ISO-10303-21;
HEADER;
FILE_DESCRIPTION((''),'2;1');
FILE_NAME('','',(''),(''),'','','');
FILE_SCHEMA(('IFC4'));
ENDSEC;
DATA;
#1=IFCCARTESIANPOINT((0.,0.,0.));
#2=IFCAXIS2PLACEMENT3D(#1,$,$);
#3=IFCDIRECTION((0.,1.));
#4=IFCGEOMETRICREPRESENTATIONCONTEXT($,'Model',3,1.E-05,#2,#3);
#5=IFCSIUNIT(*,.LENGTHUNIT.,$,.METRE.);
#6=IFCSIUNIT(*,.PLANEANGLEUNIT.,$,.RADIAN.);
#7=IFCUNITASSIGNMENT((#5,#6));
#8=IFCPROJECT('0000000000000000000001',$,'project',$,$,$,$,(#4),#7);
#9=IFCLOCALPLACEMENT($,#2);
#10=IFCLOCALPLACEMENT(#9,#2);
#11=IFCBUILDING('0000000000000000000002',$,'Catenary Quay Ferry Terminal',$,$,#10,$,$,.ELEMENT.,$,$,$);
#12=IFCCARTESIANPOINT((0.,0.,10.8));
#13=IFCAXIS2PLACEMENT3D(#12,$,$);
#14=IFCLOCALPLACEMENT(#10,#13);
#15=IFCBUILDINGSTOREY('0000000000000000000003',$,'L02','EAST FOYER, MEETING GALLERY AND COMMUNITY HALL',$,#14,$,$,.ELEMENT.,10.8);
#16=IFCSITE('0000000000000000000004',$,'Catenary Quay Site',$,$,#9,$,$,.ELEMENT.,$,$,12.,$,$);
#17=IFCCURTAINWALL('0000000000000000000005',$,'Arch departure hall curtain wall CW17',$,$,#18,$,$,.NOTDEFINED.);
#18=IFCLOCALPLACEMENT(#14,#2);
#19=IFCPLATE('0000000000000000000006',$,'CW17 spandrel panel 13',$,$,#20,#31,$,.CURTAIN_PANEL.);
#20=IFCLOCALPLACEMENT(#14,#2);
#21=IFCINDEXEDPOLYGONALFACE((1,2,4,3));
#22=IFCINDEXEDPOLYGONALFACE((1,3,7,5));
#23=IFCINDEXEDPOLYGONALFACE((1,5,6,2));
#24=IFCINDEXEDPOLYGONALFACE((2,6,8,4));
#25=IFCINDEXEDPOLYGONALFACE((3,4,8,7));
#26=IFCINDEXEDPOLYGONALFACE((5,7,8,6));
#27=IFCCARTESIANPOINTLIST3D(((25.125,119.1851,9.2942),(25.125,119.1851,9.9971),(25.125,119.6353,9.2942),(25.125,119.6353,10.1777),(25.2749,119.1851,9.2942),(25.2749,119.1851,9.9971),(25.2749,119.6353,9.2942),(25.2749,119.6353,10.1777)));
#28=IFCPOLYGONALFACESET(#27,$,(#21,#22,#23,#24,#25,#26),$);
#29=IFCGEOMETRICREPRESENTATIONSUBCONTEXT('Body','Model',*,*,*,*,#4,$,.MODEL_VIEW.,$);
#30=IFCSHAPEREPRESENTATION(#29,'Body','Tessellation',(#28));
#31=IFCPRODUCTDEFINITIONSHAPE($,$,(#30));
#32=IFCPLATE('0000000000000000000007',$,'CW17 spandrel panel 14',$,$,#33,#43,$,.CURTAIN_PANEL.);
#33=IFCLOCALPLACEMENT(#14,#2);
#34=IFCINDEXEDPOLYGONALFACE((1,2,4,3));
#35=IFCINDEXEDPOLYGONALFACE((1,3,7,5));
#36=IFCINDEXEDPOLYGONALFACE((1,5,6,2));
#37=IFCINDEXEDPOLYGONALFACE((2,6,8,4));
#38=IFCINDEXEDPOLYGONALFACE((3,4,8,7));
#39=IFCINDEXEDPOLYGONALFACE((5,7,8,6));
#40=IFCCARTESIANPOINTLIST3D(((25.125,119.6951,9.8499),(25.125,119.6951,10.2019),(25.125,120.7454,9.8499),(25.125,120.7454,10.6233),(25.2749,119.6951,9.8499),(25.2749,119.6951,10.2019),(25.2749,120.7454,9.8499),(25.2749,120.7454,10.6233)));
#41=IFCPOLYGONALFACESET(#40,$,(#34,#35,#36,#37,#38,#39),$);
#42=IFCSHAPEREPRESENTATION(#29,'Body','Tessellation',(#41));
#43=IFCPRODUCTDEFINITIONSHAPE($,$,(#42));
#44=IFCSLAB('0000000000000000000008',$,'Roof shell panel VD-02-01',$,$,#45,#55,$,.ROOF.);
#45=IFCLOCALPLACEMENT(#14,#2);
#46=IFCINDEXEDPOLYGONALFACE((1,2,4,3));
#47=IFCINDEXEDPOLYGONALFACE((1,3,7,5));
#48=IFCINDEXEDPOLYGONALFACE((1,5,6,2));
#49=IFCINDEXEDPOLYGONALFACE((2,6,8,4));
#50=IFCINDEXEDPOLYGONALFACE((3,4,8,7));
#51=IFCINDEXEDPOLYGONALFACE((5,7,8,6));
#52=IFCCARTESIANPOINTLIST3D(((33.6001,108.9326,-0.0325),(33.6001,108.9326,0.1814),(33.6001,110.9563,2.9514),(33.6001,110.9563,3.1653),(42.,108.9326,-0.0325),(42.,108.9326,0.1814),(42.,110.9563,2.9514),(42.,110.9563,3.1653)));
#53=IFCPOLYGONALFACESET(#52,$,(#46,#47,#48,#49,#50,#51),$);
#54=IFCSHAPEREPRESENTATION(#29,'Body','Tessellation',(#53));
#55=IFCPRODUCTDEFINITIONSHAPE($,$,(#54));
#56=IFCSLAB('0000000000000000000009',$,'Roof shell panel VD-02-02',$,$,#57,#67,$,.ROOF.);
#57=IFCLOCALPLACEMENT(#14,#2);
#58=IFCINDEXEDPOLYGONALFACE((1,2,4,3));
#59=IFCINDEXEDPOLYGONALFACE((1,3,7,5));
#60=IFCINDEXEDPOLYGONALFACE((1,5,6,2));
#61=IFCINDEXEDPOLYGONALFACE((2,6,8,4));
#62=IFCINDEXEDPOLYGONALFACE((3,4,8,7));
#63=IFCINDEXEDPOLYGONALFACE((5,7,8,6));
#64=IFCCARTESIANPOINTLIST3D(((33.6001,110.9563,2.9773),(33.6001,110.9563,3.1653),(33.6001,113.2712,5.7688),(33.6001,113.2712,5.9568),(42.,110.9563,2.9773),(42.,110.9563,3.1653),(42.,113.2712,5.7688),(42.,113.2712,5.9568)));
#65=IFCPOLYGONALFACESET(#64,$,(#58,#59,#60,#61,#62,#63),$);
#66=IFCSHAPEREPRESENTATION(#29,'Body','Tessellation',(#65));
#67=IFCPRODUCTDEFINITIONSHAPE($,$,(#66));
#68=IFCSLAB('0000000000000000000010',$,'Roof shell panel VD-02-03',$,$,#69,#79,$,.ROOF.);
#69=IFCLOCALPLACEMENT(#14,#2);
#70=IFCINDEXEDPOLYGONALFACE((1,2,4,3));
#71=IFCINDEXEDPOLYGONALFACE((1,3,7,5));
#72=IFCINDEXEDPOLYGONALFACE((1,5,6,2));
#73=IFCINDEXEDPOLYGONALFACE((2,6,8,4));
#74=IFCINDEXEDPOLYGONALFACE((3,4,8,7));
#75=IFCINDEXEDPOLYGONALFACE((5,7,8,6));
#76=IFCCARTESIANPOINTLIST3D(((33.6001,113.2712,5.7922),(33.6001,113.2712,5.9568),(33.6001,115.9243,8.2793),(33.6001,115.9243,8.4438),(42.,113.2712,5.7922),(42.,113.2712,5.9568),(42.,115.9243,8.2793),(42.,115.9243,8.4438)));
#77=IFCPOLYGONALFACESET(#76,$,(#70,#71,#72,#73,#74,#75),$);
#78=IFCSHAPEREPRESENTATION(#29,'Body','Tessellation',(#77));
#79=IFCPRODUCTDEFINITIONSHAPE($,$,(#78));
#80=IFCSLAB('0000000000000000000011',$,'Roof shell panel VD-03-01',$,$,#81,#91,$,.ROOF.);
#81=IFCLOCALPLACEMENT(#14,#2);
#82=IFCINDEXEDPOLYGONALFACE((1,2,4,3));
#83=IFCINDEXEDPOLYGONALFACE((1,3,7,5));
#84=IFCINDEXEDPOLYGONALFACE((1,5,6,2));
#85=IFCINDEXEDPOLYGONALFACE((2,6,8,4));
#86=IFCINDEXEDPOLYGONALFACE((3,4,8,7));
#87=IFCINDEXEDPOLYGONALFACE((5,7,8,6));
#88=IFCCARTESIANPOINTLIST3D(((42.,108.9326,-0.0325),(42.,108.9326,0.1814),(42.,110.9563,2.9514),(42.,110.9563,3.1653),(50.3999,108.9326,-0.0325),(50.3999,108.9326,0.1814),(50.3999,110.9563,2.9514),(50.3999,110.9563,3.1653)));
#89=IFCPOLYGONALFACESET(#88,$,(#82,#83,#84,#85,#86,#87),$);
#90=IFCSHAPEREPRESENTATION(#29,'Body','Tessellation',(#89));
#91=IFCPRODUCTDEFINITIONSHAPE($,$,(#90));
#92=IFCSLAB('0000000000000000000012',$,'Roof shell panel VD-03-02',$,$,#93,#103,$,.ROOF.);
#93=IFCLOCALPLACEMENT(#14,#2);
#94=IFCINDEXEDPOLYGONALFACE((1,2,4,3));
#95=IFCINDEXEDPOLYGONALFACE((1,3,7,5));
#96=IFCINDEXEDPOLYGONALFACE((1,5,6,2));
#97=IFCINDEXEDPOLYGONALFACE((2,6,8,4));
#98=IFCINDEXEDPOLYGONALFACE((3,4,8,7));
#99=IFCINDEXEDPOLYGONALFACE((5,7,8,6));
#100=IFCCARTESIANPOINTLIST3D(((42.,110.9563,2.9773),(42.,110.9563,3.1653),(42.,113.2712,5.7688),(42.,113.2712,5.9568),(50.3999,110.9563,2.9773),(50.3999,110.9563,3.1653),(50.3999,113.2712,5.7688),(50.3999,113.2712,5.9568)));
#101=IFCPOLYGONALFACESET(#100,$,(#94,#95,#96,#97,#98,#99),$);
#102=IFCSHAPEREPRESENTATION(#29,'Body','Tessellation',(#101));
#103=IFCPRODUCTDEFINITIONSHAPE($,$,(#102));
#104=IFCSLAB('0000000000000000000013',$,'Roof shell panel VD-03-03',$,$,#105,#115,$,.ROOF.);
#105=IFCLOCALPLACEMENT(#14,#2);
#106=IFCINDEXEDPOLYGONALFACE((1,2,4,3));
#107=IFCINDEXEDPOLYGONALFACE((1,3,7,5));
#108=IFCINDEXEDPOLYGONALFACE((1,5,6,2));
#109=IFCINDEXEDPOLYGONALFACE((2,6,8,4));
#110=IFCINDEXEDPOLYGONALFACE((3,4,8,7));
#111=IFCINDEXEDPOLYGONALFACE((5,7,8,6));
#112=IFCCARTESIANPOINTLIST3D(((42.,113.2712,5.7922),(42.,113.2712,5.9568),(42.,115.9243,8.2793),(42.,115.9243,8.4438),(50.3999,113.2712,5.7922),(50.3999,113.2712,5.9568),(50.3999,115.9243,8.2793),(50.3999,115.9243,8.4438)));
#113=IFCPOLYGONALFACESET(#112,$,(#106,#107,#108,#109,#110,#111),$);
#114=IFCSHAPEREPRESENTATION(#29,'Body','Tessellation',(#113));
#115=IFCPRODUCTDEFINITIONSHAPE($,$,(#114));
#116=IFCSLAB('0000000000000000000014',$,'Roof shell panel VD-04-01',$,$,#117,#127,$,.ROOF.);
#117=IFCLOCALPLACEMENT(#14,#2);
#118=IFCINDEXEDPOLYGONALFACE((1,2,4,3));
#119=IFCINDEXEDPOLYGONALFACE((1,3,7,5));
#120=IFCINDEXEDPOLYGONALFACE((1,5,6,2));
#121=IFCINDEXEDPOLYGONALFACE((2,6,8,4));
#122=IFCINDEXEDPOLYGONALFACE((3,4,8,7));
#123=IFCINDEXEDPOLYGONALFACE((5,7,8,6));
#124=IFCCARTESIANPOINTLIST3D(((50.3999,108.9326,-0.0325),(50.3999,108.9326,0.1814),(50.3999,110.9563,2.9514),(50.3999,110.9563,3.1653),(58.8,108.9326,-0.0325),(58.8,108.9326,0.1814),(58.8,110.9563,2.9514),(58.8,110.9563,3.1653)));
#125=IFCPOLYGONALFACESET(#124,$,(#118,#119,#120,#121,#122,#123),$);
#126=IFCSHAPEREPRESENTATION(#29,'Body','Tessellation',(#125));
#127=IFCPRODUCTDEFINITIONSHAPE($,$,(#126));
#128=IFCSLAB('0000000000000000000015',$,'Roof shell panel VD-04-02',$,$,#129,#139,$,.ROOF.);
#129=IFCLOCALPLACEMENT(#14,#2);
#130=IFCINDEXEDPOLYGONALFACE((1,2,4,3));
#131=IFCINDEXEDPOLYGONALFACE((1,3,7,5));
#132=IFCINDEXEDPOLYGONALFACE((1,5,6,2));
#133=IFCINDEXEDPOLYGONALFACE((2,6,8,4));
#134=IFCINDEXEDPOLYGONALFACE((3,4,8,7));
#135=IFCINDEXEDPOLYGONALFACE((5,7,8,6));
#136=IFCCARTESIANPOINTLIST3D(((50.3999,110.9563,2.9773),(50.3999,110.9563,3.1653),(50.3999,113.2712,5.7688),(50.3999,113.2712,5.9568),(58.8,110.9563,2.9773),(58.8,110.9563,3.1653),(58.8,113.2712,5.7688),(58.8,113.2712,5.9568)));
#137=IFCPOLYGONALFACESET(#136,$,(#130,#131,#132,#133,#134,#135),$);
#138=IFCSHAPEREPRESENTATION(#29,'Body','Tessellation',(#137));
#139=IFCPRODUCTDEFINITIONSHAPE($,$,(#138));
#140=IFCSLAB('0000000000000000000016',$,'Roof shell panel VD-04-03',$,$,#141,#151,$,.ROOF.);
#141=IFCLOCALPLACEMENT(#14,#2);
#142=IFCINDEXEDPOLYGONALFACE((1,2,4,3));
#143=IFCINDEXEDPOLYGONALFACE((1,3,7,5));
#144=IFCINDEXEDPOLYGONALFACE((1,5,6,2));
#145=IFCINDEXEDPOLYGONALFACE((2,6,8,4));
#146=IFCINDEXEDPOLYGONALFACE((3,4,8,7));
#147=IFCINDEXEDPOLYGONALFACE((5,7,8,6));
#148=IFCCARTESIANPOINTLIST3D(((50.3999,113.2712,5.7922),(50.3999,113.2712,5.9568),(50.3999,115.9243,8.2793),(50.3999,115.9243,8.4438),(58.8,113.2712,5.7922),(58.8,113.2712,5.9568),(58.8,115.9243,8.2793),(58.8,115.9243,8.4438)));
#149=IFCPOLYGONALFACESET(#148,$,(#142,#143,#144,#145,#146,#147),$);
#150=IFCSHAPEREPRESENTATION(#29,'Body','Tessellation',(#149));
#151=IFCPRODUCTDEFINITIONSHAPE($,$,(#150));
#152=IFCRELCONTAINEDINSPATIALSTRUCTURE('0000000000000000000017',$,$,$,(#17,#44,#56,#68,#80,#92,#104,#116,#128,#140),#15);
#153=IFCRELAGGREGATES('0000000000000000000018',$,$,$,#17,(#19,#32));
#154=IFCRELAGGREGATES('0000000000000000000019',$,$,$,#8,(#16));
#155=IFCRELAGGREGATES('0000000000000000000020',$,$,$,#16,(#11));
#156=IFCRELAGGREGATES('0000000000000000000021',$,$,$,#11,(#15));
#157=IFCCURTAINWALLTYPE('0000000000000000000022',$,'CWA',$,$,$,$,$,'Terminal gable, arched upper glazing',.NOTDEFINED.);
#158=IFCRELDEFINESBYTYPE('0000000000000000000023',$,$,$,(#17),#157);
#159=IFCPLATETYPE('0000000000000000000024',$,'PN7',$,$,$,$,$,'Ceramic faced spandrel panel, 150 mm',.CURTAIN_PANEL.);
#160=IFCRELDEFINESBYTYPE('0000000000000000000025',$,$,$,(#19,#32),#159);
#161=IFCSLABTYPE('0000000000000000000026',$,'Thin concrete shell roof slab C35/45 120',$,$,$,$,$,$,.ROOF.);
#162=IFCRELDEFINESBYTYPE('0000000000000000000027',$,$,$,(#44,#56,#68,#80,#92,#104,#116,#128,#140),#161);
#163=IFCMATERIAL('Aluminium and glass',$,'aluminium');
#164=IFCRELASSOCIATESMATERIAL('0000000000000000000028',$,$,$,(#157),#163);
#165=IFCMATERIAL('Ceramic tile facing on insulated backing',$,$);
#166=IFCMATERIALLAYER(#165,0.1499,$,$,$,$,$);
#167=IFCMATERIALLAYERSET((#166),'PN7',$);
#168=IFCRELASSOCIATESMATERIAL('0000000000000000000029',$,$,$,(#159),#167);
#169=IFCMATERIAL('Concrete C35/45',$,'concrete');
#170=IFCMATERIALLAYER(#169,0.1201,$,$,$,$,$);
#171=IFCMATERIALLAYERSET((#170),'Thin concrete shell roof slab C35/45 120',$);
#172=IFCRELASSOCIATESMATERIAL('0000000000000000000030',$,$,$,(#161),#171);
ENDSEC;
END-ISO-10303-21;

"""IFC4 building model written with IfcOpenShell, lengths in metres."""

from ifc_helpers import new_model, si_unit, direction, frame, origin, place, context, subcontext, project, spatial, polyline, outline, extrude, material, layer, layer_set, type_object, element, aggregate, save


model = new_model("IFC4")

# Units and contexts
model_context = context("Model", 3, precision=1e-05, world=origin(), true_north=direction((0.0, 1.0)))
body_context = subcontext(model_context, "Body", "Model", "MODEL_VIEW")
ifc_project = project(units=[si_unit("LENGTHUNIT", "METRE"), si_unit("PLANEANGLEUNIT", "RADIAN")], contexts=[model_context])

# Site, building, storey
site_placement = place(None, origin())
site = spatial("IfcSite", under=ifc_project, at=site_placement, Name="Catenary Quay Site", CompositionType="ELEMENT", RefElevation=12.0)
building_placement = place(site_placement, origin())
building = spatial("IfcBuilding", under=site, at=building_placement, Name="Catenary Quay Ferry Terminal", CompositionType="ELEMENT")
storey_placement = place(building_placement, frame((0.0, 0.0, 10.8)))
storey = spatial("IfcBuildingStorey", under=building, at=storey_placement, Name="L02", Description="EAST FOYER, MEETING GALLERY AND COMMUNITY HALL", CompositionType="ELEMENT", Elevation=10.8)

# Curtain wall
ifc_material_1 = material(Name="Aluminium and glass", Category="aluminium")
curtain_wall_type = type_object("IfcCurtainWallType", Name="CWA", ElementType="Terminal gable, arched upper glazing", PredefinedType="NOTDEFINED", material=ifc_material_1)
curtain_wall_placement = place(storey_placement, origin())
curtain_wall = element("IfcCurtainWall", 1, at=curtain_wall_placement, inside=storey, type_object=curtain_wall_type, Name="Arch departure hall curtain wall CW17", PredefinedType="NOTDEFINED")

# Plates
ifc_material_2 = material(Name="Ceramic tile facing on insulated backing")
ifc_layer_1 = layer(ifc_material_2, 0.1499)
ifc_layer_set_1 = layer_set([ifc_layer_1], Name="PN7")
plate_type_1 = type_object("IfcPlateType", Name="PN7", ElementType="Ceramic faced spandrel panel, 150 mm", PredefinedType="CURTAIN_PANEL", material=ifc_layer_set_1)
plate_1_placement = place(storey_placement, frame((25.2, 119.1851, 9.2942), z_axis=(0.0, 0.0, 1.0), x_axis=(0.0, 1.0, 0.0)))
plate_1 = element("IfcPlate", 2, at=plate_1_placement, type_object=plate_type_1, Name="CW17 spandrel panel 13", PredefinedType="CURTAIN_PANEL", context=body_context, shape_type="SweptSolid", body=[
    extrude(outline(polyline([(0.0, 0.0), (0.4502, 0.0), (0.4502, 0.8835), (0.0, 0.7029), (0.0, 0.0)])), frame((0.0, 0.075, 0.0), z_axis=(0.0, -1.0, 0.0), x_axis=(1.0, 0.0, 0.0)), (0.0, 0.0, 1.0), 0.1499),
])
plate_2_placement = place(storey_placement, frame((25.2, 119.6951, 9.8499), z_axis=(0.0, 0.0, 1.0), x_axis=(0.0, 1.0, 0.0)))
plate_2 = element("IfcPlate", 3, at=plate_2_placement, type_object=plate_type_1, Name="CW17 spandrel panel 14", PredefinedType="CURTAIN_PANEL", context=body_context, shape_type="SweptSolid", body=[
    extrude(outline(polyline([(0.0, 0.0), (1.0503, 0.0), (1.0503, 0.7734), (0.0, 0.3521), (0.0, 0.0)])), frame((0.0, 0.075, 0.0), z_axis=(0.0, -1.0, 0.0), x_axis=(1.0, 0.0, 0.0)), (0.0, 0.0, 1.0), 0.1499),
])
aggregate(curtain_wall, [plate_1, plate_2])

# Slabs
ifc_material_3 = material(Name="Concrete C35/45", Category="concrete")
ifc_layer_2 = layer(ifc_material_3, 0.1201)
ifc_layer_set_2 = layer_set([ifc_layer_2], Name="Thin concrete shell roof slab C35/45 120")
slab_type = type_object("IfcSlabType", Name="Thin concrete shell roof slab C35/45 120", PredefinedType="ROOF", material=ifc_layer_set_2)
slab_1_placement = place(storey_placement, frame((33.6001, 108.9326, 0.1814), z_axis=(0.0, -0.827617, 0.561293), x_axis=(1.0, 0.0, 0.0)))
element("IfcSlab", 4, at=slab_1_placement, inside=storey, type_object=slab_type, Name="Roof shell panel VD-02-01", PredefinedType="ROOF", context=body_context, shape_type="SweptSolid", body=[
    extrude(outline(polyline([(0.0, 0.0), (8.3999, 0.0), (8.3999, 3.6054), (0.0, 3.6054), (0.0, 0.0)])), origin(), (0.0, -0.827617, -0.561293), 0.2139),
])
slab_2_placement = place(storey_placement, frame((33.6001, 110.9563, 3.1653), z_axis=(0.0, -0.769753, 0.638342), x_axis=(1.0, 0.0, 0.0)))
element("IfcSlab", 5, at=slab_2_placement, inside=storey, type_object=slab_type, Name="Roof shell panel VD-02-02", PredefinedType="ROOF", context=body_context, shape_type="SweptSolid", body=[
    extrude(outline(polyline([(0.0, 0.0), (8.3999, 0.0), (8.3999, 3.6265), (0.0, 3.6265), (0.0, 0.0)])), origin(), (0.0, -0.769753, -0.638342), 0.188),
])
slab_3_placement = place(storey_placement, frame((33.6001, 113.2712, 5.9568), z_axis=(0.0, -0.683912, 0.729564), x_axis=(1.0, 0.0, 0.0)))
element("IfcSlab", 6, at=slab_3_placement, inside=storey, type_object=slab_type, Name="Roof shell panel VD-02-03", PredefinedType="ROOF", context=body_context, shape_type="SweptSolid", body=[
    extrude(outline(polyline([(0.0, 0.0), (8.3999, 0.0), (8.3999, 3.6365), (0.0, 3.6365), (0.0, 0.0)])), origin(), (0.0, -0.683912, -0.729564), 0.1646),
])
slab_4_placement = place(storey_placement, frame((42.0, 108.9326, 0.1814), z_axis=(0.0, -0.827617, 0.561293), x_axis=(1.0, 0.0, 0.0)))
element("IfcSlab", 7, at=slab_4_placement, inside=storey, type_object=slab_type, Name="Roof shell panel VD-03-01", PredefinedType="ROOF", context=body_context, shape_type="SweptSolid", body=[
    extrude(outline(polyline([(0.0, 0.0), (8.3999, 0.0), (8.3999, 3.6054), (0.0, 3.6054), (0.0, 0.0)])), origin(), (0.0, -0.827617, -0.561293), 0.2139),
])
slab_5_placement = place(storey_placement, frame((42.0, 110.9563, 3.1653), z_axis=(0.0, -0.769753, 0.638342), x_axis=(1.0, 0.0, 0.0)))
element("IfcSlab", 8, at=slab_5_placement, inside=storey, type_object=slab_type, Name="Roof shell panel VD-03-02", PredefinedType="ROOF", context=body_context, shape_type="SweptSolid", body=[
    extrude(outline(polyline([(0.0, 0.0), (8.3999, 0.0), (8.3999, 3.6265), (0.0, 3.6265), (0.0, 0.0)])), origin(), (0.0, -0.769753, -0.638342), 0.188),
])
slab_6_placement = place(storey_placement, frame((42.0, 113.2712, 5.9568), z_axis=(0.0, -0.683912, 0.729564), x_axis=(1.0, 0.0, 0.0)))
element("IfcSlab", 9, at=slab_6_placement, inside=storey, type_object=slab_type, Name="Roof shell panel VD-03-03", PredefinedType="ROOF", context=body_context, shape_type="SweptSolid", body=[
    extrude(outline(polyline([(0.0, 0.0), (8.3999, 0.0), (8.3999, 3.6365), (0.0, 3.6365), (0.0, 0.0)])), origin(), (0.0, -0.683912, -0.729564), 0.1646),
])
slab_7_placement = place(storey_placement, frame((50.3999, 108.9326, 0.1814), z_axis=(0.0, -0.827617, 0.561293), x_axis=(1.0, 0.0, 0.0)))
element("IfcSlab", 10, at=slab_7_placement, inside=storey, type_object=slab_type, Name="Roof shell panel VD-04-01", PredefinedType="ROOF", context=body_context, shape_type="SweptSolid", body=[
    extrude(outline(polyline([(0.0, 0.0), (8.4001, 0.0), (8.4001, 3.6054), (0.0, 3.6054), (0.0, 0.0)])), origin(), (0.0, -0.827617, -0.561293), 0.2139),
])
slab_8_placement = place(storey_placement, frame((50.3999, 110.9563, 3.1653), z_axis=(0.0, -0.769753, 0.638342), x_axis=(1.0, 0.0, 0.0)))
element("IfcSlab", 11, at=slab_8_placement, inside=storey, type_object=slab_type, Name="Roof shell panel VD-04-02", PredefinedType="ROOF", context=body_context, shape_type="SweptSolid", body=[
    extrude(outline(polyline([(0.0, 0.0), (8.4001, 0.0), (8.4001, 3.6265), (0.0, 3.6265), (0.0, 0.0)])), origin(), (0.0, -0.769753, -0.638342), 0.188),
])
slab_9_placement = place(storey_placement, frame((50.3999, 113.2712, 5.9568), z_axis=(0.0, -0.683912, 0.729564), x_axis=(1.0, 0.0, 0.0)))
element("IfcSlab", 12, at=slab_9_placement, inside=storey, type_object=slab_type, Name="Roof shell panel VD-04-03", PredefinedType="ROOF", context=body_context, shape_type="SweptSolid", body=[
    extrude(outline(polyline([(0.0, 0.0), (8.4001, 0.0), (8.4001, 3.6365), (0.0, 3.6365), (0.0, 0.0)])), origin(), (0.0, -0.683912, -0.729564), 0.1646),
])

save(model, "model.ifc")
